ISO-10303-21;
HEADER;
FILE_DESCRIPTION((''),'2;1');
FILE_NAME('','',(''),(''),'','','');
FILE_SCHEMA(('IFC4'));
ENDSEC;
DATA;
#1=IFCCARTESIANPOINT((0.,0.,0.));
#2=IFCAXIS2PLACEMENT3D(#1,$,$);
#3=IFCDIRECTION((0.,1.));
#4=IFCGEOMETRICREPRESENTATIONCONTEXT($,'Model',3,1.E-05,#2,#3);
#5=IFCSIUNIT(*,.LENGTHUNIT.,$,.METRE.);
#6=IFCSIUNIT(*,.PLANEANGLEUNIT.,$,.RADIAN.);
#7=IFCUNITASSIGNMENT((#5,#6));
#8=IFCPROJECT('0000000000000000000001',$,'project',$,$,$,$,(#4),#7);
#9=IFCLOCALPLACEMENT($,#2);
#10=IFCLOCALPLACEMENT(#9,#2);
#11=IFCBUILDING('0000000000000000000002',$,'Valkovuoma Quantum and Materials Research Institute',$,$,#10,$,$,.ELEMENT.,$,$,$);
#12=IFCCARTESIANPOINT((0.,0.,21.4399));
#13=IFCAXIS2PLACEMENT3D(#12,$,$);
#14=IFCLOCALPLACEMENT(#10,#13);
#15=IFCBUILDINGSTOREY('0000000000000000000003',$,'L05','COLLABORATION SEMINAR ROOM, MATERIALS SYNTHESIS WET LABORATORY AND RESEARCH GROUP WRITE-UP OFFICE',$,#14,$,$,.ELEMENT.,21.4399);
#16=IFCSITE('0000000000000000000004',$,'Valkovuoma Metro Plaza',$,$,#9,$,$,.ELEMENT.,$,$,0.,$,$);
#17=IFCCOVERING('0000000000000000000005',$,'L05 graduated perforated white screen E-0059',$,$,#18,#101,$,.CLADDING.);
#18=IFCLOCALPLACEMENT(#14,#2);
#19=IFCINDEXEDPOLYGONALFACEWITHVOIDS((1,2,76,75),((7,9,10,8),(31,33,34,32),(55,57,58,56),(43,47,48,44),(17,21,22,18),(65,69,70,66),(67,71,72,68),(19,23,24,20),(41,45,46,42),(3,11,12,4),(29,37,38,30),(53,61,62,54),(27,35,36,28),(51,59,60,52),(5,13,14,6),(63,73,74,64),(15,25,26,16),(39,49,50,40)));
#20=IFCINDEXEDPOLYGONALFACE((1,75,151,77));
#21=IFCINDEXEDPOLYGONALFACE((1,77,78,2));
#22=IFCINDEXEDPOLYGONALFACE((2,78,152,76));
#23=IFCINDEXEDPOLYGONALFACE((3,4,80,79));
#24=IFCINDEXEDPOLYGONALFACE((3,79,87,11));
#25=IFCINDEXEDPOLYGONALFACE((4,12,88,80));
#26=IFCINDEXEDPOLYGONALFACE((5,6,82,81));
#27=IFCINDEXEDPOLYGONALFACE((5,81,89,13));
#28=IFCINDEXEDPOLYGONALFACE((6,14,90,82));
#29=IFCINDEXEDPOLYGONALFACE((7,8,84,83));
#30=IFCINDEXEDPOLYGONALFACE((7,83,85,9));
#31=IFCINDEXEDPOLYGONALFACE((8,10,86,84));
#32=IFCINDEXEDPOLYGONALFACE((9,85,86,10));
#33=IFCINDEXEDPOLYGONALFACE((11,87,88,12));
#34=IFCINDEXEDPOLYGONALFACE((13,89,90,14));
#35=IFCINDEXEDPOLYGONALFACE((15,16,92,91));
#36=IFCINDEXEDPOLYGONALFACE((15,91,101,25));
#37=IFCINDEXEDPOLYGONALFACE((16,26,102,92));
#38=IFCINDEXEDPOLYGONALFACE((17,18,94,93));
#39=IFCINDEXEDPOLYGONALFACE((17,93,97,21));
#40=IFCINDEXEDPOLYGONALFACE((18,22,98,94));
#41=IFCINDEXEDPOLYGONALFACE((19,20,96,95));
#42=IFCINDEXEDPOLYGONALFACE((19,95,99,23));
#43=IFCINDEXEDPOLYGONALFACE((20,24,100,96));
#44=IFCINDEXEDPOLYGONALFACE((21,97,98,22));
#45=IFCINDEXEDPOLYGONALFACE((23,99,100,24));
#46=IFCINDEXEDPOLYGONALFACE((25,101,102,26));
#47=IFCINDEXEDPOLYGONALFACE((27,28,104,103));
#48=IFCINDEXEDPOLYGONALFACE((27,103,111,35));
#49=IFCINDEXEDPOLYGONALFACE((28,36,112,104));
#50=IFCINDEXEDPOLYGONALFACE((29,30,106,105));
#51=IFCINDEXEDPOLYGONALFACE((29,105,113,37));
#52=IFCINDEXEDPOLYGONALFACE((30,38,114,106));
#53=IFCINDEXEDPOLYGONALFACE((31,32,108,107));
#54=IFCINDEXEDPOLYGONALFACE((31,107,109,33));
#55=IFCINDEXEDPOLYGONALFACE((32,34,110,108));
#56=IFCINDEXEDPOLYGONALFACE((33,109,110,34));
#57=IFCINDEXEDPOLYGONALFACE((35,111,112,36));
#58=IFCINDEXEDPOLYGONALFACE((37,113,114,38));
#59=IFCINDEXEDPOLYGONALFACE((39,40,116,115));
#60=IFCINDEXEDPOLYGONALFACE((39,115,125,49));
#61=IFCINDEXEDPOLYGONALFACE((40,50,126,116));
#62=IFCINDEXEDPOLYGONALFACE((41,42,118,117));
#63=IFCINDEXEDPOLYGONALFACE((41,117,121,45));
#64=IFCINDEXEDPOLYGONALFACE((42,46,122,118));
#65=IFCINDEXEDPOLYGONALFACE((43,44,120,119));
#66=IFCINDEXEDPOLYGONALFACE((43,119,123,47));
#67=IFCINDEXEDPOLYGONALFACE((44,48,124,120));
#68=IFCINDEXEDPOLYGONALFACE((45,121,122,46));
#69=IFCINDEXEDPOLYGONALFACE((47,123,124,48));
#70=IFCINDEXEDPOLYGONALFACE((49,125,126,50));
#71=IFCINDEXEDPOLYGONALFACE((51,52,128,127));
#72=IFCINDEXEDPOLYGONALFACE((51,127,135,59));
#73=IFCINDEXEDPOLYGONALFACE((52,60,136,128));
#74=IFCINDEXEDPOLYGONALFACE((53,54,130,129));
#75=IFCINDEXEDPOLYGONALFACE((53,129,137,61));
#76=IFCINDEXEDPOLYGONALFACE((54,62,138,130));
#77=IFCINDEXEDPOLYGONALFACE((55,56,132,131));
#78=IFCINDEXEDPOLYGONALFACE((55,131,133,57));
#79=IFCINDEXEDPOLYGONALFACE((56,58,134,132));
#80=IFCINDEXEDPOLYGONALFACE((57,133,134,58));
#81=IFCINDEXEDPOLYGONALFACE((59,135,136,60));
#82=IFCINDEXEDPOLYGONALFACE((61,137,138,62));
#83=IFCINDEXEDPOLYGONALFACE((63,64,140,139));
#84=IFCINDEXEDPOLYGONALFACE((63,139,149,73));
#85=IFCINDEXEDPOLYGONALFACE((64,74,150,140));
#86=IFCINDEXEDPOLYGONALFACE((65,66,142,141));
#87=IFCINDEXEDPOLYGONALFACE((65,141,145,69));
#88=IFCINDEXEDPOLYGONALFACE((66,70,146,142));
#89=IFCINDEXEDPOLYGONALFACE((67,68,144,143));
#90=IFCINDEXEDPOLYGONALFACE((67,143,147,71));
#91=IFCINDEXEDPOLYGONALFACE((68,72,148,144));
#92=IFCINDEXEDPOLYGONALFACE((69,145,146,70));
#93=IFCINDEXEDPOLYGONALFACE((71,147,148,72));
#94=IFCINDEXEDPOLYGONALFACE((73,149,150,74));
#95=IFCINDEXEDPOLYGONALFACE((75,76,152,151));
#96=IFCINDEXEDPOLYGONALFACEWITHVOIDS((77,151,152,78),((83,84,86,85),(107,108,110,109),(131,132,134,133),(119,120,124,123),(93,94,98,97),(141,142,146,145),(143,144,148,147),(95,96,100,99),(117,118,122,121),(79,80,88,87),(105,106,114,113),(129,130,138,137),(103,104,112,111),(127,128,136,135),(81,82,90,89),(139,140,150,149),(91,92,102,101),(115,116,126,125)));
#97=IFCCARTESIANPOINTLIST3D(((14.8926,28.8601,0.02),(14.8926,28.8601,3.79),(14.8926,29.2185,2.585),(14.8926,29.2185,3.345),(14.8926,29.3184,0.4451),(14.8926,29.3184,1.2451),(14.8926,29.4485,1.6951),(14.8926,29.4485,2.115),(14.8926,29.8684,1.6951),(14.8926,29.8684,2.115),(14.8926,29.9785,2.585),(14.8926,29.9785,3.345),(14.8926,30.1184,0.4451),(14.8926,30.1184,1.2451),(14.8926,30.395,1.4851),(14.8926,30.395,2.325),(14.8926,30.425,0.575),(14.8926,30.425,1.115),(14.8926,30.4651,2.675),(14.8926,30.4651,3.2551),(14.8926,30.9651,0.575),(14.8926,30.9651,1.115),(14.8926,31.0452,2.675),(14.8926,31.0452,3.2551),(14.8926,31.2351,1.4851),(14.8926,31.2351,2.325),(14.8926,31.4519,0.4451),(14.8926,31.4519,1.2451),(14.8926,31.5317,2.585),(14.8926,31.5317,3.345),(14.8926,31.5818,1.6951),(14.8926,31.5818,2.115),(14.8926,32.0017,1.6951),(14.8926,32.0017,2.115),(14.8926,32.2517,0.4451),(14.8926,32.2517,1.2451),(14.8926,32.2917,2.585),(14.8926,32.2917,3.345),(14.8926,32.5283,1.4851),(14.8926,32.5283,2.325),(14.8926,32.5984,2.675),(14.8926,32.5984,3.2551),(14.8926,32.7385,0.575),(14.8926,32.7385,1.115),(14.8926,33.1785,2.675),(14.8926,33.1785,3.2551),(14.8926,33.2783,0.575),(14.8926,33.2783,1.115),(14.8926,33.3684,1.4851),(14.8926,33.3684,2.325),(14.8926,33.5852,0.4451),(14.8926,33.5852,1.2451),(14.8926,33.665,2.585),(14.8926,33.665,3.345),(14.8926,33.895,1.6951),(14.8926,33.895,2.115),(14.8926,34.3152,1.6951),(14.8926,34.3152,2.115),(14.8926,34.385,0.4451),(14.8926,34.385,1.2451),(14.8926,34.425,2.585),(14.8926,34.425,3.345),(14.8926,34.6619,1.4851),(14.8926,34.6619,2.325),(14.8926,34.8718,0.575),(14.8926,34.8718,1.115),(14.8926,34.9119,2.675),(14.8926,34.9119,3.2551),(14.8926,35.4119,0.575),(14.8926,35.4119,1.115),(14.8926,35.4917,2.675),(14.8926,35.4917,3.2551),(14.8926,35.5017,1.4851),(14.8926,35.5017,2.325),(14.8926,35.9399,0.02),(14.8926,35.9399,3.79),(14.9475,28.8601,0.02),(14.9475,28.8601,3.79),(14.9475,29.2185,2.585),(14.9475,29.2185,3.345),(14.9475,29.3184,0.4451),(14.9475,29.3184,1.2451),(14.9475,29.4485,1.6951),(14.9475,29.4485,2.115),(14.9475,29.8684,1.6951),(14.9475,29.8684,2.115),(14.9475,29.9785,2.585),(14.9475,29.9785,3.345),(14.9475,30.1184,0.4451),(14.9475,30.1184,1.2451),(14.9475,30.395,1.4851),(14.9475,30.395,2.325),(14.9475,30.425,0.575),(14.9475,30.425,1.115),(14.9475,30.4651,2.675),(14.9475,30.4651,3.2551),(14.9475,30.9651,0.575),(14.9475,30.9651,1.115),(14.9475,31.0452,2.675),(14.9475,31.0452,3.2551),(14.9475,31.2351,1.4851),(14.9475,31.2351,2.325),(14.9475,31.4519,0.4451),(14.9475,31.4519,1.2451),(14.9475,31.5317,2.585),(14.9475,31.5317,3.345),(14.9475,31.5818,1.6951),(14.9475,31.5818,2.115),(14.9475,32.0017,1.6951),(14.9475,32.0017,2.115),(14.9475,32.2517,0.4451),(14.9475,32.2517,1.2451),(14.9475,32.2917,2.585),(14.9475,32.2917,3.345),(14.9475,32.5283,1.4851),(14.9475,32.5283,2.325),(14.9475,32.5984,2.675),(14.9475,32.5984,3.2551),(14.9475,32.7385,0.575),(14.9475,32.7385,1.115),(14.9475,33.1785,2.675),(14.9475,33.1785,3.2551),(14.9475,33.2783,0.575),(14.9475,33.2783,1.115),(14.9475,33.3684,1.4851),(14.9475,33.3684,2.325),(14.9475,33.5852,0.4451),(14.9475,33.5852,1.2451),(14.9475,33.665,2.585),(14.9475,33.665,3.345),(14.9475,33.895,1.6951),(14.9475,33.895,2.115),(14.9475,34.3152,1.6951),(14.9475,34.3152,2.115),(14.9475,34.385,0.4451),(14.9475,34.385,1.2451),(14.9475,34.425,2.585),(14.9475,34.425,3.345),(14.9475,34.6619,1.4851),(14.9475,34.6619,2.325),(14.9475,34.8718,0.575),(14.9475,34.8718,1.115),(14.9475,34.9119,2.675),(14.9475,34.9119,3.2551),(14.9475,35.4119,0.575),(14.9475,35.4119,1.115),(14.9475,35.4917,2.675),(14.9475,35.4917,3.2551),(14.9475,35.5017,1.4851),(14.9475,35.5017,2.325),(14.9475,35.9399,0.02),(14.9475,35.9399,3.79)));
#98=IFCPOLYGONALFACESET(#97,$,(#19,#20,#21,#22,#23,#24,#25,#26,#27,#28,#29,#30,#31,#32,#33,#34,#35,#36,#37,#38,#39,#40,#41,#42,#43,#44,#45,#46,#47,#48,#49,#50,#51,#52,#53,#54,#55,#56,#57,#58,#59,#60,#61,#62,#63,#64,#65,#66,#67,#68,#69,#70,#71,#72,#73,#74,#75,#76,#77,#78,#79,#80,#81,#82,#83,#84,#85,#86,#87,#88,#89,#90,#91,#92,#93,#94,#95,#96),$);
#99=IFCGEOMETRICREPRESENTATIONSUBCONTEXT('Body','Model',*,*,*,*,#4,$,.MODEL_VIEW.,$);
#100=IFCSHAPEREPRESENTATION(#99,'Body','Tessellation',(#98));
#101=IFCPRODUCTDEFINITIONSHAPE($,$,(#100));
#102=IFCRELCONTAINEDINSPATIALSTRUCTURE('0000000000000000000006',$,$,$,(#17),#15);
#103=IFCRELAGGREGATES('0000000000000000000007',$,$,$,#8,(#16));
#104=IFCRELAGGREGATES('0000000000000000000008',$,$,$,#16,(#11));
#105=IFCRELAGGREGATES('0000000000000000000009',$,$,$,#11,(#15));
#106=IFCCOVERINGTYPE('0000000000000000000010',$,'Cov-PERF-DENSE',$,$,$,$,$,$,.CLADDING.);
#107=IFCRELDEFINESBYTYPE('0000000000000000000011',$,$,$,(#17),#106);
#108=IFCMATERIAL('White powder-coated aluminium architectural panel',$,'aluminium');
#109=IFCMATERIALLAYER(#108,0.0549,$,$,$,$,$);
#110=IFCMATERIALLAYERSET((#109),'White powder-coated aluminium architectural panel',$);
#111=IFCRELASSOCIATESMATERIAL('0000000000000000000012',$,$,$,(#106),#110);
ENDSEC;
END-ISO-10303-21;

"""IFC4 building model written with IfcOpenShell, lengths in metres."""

from ifc_helpers import new_model, si_unit, direction, frame, origin, place, context, subcontext, project, spatial, polyline, outline, extrude, material, layer, layer_set, type_object, element, save


model = new_model("IFC4")

# Units and contexts
model_context = context("Model", 3, precision=1e-05, world=origin(), true_north=direction((0.0, 1.0)))
body_context = subcontext(model_context, "Body", "Model", "MODEL_VIEW")
ifc_project = project(units=[si_unit("LENGTHUNIT", "METRE"), si_unit("PLANEANGLEUNIT", "RADIAN")], contexts=[model_context])

# Site, building, storey
site_placement = place(None, origin())
site = spatial("IfcSite", under=ifc_project, at=site_placement, Name="Valkovuoma Metro Plaza", CompositionType="ELEMENT", RefElevation=0.0)
building_placement = place(site_placement, origin())
building = spatial("IfcBuilding", under=site, at=building_placement, Name="Valkovuoma Quantum and Materials Research Institute", CompositionType="ELEMENT")
storey_placement = place(building_placement, frame((0.0, 0.0, 21.4399)))
storey = spatial("IfcBuildingStorey", under=building, at=storey_placement, Name="L05", Description="COLLABORATION SEMINAR ROOM, MATERIALS SYNTHESIS WET LABORATORY AND RESEARCH GROUP WRITE-UP OFFICE", CompositionType="ELEMENT", Elevation=21.4399)

# Covering
ifc_material_1 = material(Name="White powder-coated aluminium architectural panel", Category="aluminium")
ifc_layer = layer(ifc_material_1, 0.0549)
ifc_layer_set = layer_set([ifc_layer], Name="White powder-coated aluminium architectural panel")
covering_type = type_object("IfcCoveringType", Name="Cov-PERF-DENSE", PredefinedType="CLADDING", material=ifc_layer_set)
covering_1_placement = place(storey_placement, frame((14.9199, 28.8601, 0.02), z_axis=(0.0, 0.0, 1.0), x_axis=(0.0, 1.0, 0.0)))
element("IfcCovering", 1, at=covering_1_placement, inside=storey, type_object=covering_type, Name="L05 graduated perforated white screen E-0059", PredefinedType="CLADDING", context=body_context, shape_type="SweptSolid", body=[
    extrude(outline(polyline([(0.0, 0.0), (7.0798, 0.0), (7.0798, 3.77), (0.0, 3.77), (0.0, 0.0)]), holes=[polyline([(0.4583, 0.425), (0.4583, 1.2251), (1.2583, 1.2251), (1.2583, 0.425), (0.4583, 0.425)]), polyline([(0.5884, 1.675), (0.5884, 2.095), (1.0083, 2.095), (1.0083, 1.675), (0.5884, 1.675)]), polyline([(0.3584, 2.5649), (0.3584, 3.325), (1.1184, 3.325), (1.1184, 2.5649), (0.3584, 2.5649)]), polyline([(1.5649, 0.5549), (1.5649, 1.095), (2.105, 1.095), (2.105, 0.5549), (1.5649, 0.5549)]), polyline([(1.5349, 1.4651), (1.5349, 2.3049), (2.375, 2.3049), (2.375, 1.4651), (1.5349, 1.4651)]), polyline([(1.605, 2.655), (1.605, 3.2351), (2.1851, 3.2351), (2.1851, 2.655), (1.605, 2.655)]), polyline([(2.5918, 0.425), (2.5918, 1.2251), (3.3916, 1.2251), (3.3916, 0.425), (2.5918, 0.425)]), polyline([(2.7217, 1.675), (2.7217, 2.095), (3.1416, 2.095), (3.1416, 1.675), (2.7217, 1.675)]), polyline([(2.6716, 2.5649), (2.6716, 3.325), (3.4316, 3.325), (3.4316, 2.5649), (2.6716, 2.5649)]), polyline([(3.8784, 0.5549), (3.8784, 1.095), (4.4182, 1.095), (4.4182, 0.5549), (3.8784, 0.5549)]), polyline([(3.6682, 1.4651), (3.6682, 2.3049), (4.5083, 2.3049), (4.5083, 1.4651), (3.6682, 1.4651)]), polyline([(3.7383, 2.655), (3.7383, 3.2351), (4.3184, 3.2351), (4.3184, 2.655), (3.7383, 2.655)]), polyline([(4.7251, 0.425), (4.7251, 1.2251), (5.5249, 1.2251), (5.5249, 0.425), (4.7251, 0.425)]), polyline([(5.0349, 1.675), (5.0349, 2.095), (5.4551, 2.095), (5.4551, 1.675), (5.0349, 1.675)]), polyline([(4.8049, 2.5649), (4.8049, 3.325), (5.5649, 3.325), (5.5649, 2.5649), (4.8049, 2.5649)]), polyline([(6.0117, 0.5549), (6.0117, 1.095), (6.5518, 1.095), (6.5518, 0.5549), (6.0117, 0.5549)]), polyline([(5.8018, 1.4651), (5.8018, 2.3049), (6.6416, 2.3049), (6.6416, 1.4651), (5.8018, 1.4651)]), polyline([(6.0518, 2.655), (6.0518, 3.2351), (6.6316, 3.2351), (6.6316, 2.655), (6.0518, 2.655)])]), frame((0.0, 0.0273, 0.0), z_axis=(0.0, -1.0, 0.0), x_axis=(1.0, 0.0, 0.0)), (0.0, 0.0, 1.0), 0.0549),
])

save(model, "model.ifc")
